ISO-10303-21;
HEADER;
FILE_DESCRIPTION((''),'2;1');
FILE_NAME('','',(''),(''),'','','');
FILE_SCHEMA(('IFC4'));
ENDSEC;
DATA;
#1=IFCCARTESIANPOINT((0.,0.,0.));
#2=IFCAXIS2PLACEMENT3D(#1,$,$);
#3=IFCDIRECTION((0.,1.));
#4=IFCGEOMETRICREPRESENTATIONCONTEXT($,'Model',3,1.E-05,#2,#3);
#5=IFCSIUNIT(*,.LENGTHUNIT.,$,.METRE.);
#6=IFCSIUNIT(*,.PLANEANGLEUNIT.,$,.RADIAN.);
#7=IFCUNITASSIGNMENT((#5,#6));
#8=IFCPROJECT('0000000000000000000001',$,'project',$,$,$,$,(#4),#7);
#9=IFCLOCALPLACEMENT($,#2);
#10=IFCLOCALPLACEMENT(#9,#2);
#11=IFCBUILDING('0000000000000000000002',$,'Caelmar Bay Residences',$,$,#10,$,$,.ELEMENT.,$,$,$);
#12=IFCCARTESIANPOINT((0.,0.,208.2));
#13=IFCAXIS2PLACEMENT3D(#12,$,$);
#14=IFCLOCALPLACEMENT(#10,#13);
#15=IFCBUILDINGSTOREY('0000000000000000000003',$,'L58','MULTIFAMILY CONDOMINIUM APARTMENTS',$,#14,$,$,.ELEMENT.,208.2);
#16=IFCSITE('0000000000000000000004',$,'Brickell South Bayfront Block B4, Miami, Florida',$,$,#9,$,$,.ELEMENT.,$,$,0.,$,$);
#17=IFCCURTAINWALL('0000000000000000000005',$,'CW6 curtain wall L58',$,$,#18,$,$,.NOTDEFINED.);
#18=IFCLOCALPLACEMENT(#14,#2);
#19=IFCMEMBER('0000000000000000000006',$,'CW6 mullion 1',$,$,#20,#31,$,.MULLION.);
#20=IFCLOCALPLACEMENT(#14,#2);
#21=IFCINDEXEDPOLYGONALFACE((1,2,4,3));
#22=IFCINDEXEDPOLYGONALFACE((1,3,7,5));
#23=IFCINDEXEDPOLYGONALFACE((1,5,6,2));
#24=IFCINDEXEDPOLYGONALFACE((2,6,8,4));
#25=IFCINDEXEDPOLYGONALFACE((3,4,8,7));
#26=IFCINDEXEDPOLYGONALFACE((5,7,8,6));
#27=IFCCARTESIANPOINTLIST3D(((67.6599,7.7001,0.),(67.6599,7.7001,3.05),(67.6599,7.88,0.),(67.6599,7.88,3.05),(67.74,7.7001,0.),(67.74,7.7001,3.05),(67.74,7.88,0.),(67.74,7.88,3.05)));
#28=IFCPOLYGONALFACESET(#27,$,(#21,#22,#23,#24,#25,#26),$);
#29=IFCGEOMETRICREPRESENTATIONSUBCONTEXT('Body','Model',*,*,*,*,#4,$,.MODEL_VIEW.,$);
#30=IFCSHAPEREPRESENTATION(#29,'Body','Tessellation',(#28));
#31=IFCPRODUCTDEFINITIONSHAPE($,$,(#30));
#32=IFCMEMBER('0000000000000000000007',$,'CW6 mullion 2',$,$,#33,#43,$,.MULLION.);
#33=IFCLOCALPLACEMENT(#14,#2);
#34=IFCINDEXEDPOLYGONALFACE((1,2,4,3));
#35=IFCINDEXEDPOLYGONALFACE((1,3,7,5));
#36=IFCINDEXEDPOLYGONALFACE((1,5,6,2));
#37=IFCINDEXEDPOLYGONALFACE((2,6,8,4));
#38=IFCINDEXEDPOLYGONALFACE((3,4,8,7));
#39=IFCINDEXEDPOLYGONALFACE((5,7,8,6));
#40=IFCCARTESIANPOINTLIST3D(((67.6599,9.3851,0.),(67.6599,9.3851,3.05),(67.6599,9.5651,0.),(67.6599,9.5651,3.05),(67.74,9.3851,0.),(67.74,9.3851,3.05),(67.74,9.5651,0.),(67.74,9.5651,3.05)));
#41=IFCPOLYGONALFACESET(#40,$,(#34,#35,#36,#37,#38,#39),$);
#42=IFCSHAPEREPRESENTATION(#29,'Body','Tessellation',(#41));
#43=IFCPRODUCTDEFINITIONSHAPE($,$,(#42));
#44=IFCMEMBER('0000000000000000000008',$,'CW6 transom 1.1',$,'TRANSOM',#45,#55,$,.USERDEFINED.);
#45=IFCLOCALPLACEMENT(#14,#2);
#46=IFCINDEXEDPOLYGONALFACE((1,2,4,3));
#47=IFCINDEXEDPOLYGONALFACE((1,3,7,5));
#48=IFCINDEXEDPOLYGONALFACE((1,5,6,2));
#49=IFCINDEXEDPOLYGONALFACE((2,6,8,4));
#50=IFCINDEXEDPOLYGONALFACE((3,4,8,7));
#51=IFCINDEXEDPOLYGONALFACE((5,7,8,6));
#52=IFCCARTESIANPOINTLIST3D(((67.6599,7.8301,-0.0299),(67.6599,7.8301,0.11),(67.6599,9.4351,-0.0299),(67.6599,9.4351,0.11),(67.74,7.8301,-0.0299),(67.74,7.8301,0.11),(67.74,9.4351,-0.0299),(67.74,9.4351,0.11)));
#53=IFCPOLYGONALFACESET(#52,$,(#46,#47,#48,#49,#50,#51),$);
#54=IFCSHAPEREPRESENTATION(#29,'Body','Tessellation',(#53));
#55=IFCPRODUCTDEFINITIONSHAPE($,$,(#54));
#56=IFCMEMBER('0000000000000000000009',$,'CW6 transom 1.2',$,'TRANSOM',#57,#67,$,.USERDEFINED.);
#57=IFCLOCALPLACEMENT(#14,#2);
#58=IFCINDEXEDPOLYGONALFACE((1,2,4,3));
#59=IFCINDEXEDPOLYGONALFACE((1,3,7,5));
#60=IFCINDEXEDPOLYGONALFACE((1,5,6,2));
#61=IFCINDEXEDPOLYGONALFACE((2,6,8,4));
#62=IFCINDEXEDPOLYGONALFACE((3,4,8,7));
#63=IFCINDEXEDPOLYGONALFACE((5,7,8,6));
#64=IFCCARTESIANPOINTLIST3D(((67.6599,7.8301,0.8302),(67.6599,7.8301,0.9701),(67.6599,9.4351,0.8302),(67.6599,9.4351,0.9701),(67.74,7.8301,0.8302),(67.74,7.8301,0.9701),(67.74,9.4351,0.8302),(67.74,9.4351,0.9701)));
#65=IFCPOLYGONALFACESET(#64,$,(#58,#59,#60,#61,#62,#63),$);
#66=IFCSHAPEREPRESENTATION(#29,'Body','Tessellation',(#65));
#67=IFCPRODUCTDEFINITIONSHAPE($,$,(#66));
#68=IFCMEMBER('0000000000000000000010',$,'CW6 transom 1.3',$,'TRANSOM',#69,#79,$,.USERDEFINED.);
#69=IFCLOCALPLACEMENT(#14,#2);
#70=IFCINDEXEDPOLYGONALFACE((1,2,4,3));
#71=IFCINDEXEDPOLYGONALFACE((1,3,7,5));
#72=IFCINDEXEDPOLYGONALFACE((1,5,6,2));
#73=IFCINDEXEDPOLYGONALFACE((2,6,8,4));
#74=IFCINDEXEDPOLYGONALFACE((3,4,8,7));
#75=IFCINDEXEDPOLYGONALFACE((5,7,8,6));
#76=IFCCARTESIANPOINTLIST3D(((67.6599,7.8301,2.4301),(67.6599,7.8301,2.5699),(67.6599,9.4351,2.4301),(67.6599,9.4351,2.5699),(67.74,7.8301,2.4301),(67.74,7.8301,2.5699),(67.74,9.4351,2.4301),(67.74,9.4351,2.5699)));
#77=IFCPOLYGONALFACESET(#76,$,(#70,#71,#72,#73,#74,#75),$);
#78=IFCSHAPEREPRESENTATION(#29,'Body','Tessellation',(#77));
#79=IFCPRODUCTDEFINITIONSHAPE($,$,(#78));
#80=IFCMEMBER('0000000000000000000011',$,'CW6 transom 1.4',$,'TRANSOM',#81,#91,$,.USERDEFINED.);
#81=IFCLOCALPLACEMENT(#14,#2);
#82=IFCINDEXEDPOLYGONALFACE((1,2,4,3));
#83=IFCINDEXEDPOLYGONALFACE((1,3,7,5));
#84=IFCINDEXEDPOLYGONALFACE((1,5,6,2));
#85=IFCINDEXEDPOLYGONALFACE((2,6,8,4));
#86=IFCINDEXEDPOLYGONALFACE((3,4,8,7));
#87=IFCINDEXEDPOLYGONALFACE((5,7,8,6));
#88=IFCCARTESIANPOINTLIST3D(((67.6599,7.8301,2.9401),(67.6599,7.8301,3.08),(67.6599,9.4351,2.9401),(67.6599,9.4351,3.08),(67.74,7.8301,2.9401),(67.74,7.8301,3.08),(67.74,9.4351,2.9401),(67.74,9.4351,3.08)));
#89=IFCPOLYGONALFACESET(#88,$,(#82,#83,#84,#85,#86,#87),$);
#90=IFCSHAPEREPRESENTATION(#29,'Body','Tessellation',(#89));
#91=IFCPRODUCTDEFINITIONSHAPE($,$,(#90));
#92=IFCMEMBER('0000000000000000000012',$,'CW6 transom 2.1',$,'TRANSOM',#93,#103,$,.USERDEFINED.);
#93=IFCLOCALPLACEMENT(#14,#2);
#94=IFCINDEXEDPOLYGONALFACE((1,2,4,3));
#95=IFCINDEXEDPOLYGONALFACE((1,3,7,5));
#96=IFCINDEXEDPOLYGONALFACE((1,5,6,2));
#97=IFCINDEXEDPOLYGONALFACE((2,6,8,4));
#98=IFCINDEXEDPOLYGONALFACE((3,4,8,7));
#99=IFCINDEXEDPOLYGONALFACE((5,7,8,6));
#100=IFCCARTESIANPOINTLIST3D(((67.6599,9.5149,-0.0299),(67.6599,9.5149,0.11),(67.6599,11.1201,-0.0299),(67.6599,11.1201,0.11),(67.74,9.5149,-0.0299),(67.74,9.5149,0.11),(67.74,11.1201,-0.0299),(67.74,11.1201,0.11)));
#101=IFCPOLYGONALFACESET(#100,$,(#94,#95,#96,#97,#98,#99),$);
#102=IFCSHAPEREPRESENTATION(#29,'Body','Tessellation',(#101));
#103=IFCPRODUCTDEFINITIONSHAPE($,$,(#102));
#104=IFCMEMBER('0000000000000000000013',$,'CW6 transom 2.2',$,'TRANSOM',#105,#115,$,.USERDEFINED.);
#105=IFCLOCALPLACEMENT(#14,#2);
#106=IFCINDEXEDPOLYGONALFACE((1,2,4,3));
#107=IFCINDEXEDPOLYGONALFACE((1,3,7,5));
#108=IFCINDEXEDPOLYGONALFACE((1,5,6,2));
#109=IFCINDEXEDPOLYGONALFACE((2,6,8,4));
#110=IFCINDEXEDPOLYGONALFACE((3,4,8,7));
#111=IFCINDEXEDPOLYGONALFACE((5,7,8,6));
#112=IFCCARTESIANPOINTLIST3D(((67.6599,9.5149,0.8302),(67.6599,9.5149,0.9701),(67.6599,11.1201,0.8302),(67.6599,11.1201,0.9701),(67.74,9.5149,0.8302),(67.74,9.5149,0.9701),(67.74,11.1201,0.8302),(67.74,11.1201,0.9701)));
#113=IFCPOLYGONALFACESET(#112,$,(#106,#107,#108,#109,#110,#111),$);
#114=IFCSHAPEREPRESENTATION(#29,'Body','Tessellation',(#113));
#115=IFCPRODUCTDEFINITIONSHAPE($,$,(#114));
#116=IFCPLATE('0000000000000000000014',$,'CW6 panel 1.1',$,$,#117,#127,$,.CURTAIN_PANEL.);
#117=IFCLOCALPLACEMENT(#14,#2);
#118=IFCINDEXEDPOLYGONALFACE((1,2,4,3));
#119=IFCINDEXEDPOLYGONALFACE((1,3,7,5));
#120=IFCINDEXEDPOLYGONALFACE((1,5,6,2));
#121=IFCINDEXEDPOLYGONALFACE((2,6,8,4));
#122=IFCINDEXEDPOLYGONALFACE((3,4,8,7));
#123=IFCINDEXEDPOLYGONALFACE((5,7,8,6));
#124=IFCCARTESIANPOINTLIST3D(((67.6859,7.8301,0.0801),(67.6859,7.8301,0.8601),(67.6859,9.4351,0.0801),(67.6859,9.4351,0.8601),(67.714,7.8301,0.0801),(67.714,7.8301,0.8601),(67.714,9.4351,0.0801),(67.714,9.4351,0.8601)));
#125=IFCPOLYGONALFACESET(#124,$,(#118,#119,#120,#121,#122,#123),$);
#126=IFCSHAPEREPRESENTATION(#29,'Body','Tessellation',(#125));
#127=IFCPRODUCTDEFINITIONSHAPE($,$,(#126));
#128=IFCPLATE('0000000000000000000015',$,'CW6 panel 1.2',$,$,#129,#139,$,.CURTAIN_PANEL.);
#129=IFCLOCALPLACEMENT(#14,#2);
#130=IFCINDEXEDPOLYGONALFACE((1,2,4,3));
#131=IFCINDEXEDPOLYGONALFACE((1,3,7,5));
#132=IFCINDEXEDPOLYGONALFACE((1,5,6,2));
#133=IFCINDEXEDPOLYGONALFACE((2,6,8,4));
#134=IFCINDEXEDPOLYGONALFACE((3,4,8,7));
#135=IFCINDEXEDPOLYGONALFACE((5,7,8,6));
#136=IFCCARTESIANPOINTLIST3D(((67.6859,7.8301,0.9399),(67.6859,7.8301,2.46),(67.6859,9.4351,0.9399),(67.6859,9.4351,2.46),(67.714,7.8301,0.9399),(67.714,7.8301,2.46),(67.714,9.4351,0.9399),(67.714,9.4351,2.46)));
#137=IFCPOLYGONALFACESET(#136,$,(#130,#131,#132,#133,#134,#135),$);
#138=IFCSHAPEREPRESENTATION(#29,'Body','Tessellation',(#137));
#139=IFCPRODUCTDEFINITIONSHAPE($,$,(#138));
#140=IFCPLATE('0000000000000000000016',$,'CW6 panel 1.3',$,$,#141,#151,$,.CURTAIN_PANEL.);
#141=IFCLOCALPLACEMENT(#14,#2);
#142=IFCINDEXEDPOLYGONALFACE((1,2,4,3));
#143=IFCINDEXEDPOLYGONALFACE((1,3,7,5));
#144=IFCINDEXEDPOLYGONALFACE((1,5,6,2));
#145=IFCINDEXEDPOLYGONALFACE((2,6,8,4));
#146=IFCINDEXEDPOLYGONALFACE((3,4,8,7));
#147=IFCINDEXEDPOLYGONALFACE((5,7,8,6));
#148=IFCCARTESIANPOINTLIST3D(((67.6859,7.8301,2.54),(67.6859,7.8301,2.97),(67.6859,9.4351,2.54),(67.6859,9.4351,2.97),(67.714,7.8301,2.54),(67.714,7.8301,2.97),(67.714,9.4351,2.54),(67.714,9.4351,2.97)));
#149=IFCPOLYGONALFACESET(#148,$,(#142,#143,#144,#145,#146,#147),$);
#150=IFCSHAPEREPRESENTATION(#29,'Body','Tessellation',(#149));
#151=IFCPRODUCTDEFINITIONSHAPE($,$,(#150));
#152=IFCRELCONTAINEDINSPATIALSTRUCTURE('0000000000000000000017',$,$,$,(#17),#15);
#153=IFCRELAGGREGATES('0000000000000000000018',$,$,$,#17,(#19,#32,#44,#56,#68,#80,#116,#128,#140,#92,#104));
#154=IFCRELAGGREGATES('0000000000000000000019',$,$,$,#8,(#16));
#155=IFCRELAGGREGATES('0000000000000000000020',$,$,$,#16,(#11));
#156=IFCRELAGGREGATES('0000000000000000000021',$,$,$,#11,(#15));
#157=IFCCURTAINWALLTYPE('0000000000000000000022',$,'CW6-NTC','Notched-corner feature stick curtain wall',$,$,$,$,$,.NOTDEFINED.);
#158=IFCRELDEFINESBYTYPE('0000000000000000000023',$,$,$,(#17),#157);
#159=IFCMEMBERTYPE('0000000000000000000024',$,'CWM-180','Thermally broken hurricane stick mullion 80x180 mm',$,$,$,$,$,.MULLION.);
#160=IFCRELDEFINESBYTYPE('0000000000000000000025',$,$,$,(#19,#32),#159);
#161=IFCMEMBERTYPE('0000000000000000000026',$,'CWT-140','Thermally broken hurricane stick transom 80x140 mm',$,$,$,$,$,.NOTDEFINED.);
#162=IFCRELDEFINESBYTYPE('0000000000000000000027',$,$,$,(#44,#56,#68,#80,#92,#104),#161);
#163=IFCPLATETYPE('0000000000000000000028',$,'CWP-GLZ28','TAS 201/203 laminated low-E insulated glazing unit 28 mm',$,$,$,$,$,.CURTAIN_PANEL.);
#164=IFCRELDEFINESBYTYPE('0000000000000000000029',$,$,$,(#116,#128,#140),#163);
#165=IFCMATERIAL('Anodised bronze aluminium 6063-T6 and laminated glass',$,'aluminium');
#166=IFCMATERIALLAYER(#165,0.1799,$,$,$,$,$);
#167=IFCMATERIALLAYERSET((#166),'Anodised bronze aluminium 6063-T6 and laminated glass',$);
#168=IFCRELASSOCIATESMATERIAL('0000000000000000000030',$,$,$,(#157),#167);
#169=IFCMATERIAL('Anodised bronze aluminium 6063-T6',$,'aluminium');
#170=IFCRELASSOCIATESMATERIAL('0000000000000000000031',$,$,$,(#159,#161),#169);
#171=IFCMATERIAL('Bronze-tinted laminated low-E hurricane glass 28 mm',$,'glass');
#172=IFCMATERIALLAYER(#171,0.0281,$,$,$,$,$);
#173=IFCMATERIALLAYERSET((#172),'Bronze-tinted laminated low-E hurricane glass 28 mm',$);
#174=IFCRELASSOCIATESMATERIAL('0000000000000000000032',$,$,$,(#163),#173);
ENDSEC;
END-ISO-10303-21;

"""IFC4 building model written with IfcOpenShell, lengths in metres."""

from ifc_helpers import new_model, si_unit, direction, frame, origin, origin_2d, place, context, subcontext, project, spatial, rectangle, extrude, material, layer, layer_set, material_profile, profile_set, type_object, element, aggregate, save


model = new_model("IFC4")

# Units and contexts
model_context = context("Model", 3, precision=1e-05, world=origin(), true_north=direction((0.0, 1.0)))
body_context = subcontext(model_context, "Body", "Model", "MODEL_VIEW")
ifc_project = project(units=[si_unit("LENGTHUNIT", "METRE"), si_unit("PLANEANGLEUNIT", "RADIAN")], contexts=[model_context])

# Site, building, storey
site_placement = place(None, origin())
site = spatial("IfcSite", under=ifc_project, at=site_placement, Name="Brickell South Bayfront Block B4, Miami, Florida", CompositionType="ELEMENT", RefElevation=0.0)
building_placement = place(site_placement, origin())
building = spatial("IfcBuilding", under=site, at=building_placement, Name="Caelmar Bay Residences", CompositionType="ELEMENT")
storey_placement = place(building_placement, frame((0.0, 0.0, 208.2)))
storey = spatial("IfcBuildingStorey", under=building, at=storey_placement, Name="L58", Description="MULTIFAMILY CONDOMINIUM APARTMENTS", CompositionType="ELEMENT", Elevation=208.2)

# Curtain wall, members, plates
ifc_material_1 = material(Name="Anodised bronze aluminium 6063-T6 and laminated glass", Category="aluminium")
ifc_layer_1 = layer(ifc_material_1, 0.1799)
ifc_layer_set_1 = layer_set([ifc_layer_1], Name="Anodised bronze aluminium 6063-T6 and laminated glass")
curtain_wall_type = type_object("IfcCurtainWallType", Name="CW6-NTC", Description="Notched-corner feature stick curtain wall", PredefinedType="NOTDEFINED", material=ifc_layer_set_1)
curtain_wall_placement = place(storey_placement, origin())
curtain_wall = element("IfcCurtainWall", 1, at=curtain_wall_placement, inside=storey, type_object=curtain_wall_type, Name="CW6 curtain wall L58", PredefinedType="NOTDEFINED")
ifc_material_2 = material(Name="Anodised bronze aluminium 6063-T6", Category="aluminium")
ifc_material_profile_1 = material_profile(ifc_material_2, rectangle(XDim=0.0801, YDim=0.1799, at=origin_2d()), Name="CWM-80X180")
ifc_profile_set_1 = profile_set([ifc_material_profile_1], Name="Anodised bronze aluminium 6063-T6")
member_type_1 = type_object("IfcMemberType", Name="CWM-180", Description="Thermally broken hurricane stick mullion 80x180 mm", PredefinedType="MULLION", material=ifc_profile_set_1)
member_1_placement = place(storey_placement, frame((67.7, 7.79, 0.0), z_axis=(0.0, 0.0, 1.0), x_axis=(-1.0, 0.0, 0.0)))
member_1 = element("IfcMember", 2, at=member_1_placement, type_object=member_type_1, Name="CW6 mullion 1", PredefinedType="MULLION", context=body_context, shape_type="SweptSolid", body=[
    extrude(rectangle(XDim=0.0801, YDim=0.1799, at=origin_2d()), origin(), (0.0, 0.0, 1.0), 3.05),
])
member_2_placement = place(storey_placement, frame((67.7, 9.4751, 0.0), z_axis=(0.0, 0.0, 1.0), x_axis=(-1.0, 0.0, 0.0)))
member_2 = element("IfcMember", 3, at=member_2_placement, type_object=member_type_1, Name="CW6 mullion 2", PredefinedType="MULLION", context=body_context, shape_type="SweptSolid", body=[
    extrude(rectangle(XDim=0.0801, YDim=0.1799, at=origin_2d()), origin(), (0.0, 0.0, 1.0), 3.05),
])
ifc_material_profile_2 = material_profile(ifc_material_2, rectangle(XDim=0.0801, YDim=0.1399, at=origin_2d()), Name="CWT-80X140")
ifc_profile_set_2 = profile_set([ifc_material_profile_2], Name="Anodised bronze aluminium 6063-T6")
member_type_2 = type_object("IfcMemberType", Name="CWT-140", Description="Thermally broken hurricane stick transom 80x140 mm", PredefinedType="NOTDEFINED", material=ifc_profile_set_2)
member_3_placement = place(storey_placement, frame((67.7, 7.8301, 0.04), z_axis=(0.0, 1.0, 0.0), x_axis=(-1.0, 0.0, 0.0)))
member_3 = element("IfcMember", 4, at=member_3_placement, type_object=member_type_2, Name="CW6 transom 1.1", ObjectType="TRANSOM", PredefinedType="USERDEFINED", context=body_context, shape_type="SweptSolid", body=[
    extrude(rectangle(XDim=0.0801, YDim=0.1399, at=origin_2d()), origin(), (0.0, 0.0, 1.0), 1.605),
])
member_4_placement = place(storey_placement, frame((67.7, 7.8301, 0.9001), z_axis=(0.0, 1.0, 0.0), x_axis=(-1.0, 0.0, 0.0)))
member_4 = element("IfcMember", 5, at=member_4_placement, type_object=member_type_2, Name="CW6 transom 1.2", ObjectType="TRANSOM", PredefinedType="USERDEFINED", context=body_context, shape_type="SweptSolid", body=[
    extrude(rectangle(XDim=0.0801, YDim=0.1399, at=origin_2d()), origin(), (0.0, 0.0, 1.0), 1.605),
])
member_5_placement = place(storey_placement, frame((67.7, 7.8301, 2.5), z_axis=(0.0, 1.0, 0.0), x_axis=(-1.0, 0.0, 0.0)))
member_5 = element("IfcMember", 6, at=member_5_placement, type_object=member_type_2, Name="CW6 transom 1.3", ObjectType="TRANSOM", PredefinedType="USERDEFINED", context=body_context, shape_type="SweptSolid", body=[
    extrude(rectangle(XDim=0.0801, YDim=0.1399, at=origin_2d()), origin(), (0.0, 0.0, 1.0), 1.605),
])
member_6_placement = place(storey_placement, frame((67.7, 7.8301, 3.01), z_axis=(0.0, 1.0, 0.0), x_axis=(-1.0, 0.0, 0.0)))
member_6 = element("IfcMember", 7, at=member_6_placement, type_object=member_type_2, Name="CW6 transom 1.4", ObjectType="TRANSOM", PredefinedType="USERDEFINED", context=body_context, shape_type="SweptSolid", body=[
    extrude(rectangle(XDim=0.0801, YDim=0.1399, at=origin_2d()), origin(), (0.0, 0.0, 1.0), 1.605),
])
member_7_placement = place(storey_placement, frame((67.7, 9.5149, 0.04), z_axis=(0.0, 1.0, 0.0), x_axis=(-1.0, 0.0, 0.0)))
member_7 = element("IfcMember", 8, at=member_7_placement, type_object=member_type_2, Name="CW6 transom 2.1", ObjectType="TRANSOM", PredefinedType="USERDEFINED", context=body_context, shape_type="SweptSolid", body=[
    extrude(rectangle(XDim=0.0801, YDim=0.1399, at=origin_2d()), origin(), (0.0, 0.0, 1.0), 1.6052),
])
member_8_placement = place(storey_placement, frame((67.7, 9.5149, 0.9001), z_axis=(0.0, 1.0, 0.0), x_axis=(-1.0, 0.0, 0.0)))
member_8 = element("IfcMember", 9, at=member_8_placement, type_object=member_type_2, Name="CW6 transom 2.2", ObjectType="TRANSOM", PredefinedType="USERDEFINED", context=body_context, shape_type="SweptSolid", body=[
    extrude(rectangle(XDim=0.0801, YDim=0.1399, at=origin_2d()), origin(), (0.0, 0.0, 1.0), 1.6052),
])
ifc_material_3 = material(Name="Bronze-tinted laminated low-E hurricane glass 28 mm", Category="glass")
ifc_layer_2 = layer(ifc_material_3, 0.0281)
ifc_layer_set_2 = layer_set([ifc_layer_2], Name="Bronze-tinted laminated low-E hurricane glass 28 mm")
plate_type = type_object("IfcPlateType", Name="CWP-GLZ28", Description="TAS 201/203 laminated low-E insulated glazing unit 28 mm", PredefinedType="CURTAIN_PANEL", material=ifc_layer_set_2)
plate_1_placement = place(storey_placement, frame((67.7, 8.6326, 0.0801), z_axis=(0.0, 0.0, 1.0), x_axis=(0.0, 1.0, 0.0)))
plate_1 = element("IfcPlate", 10, at=plate_1_placement, type_object=plate_type, Name="CW6 panel 1.1", PredefinedType="CURTAIN_PANEL", context=body_context, shape_type="SweptSolid", body=[
    extrude(rectangle(XDim=1.605, YDim=0.0281, at=origin_2d()), origin(), (0.0, 0.0, 1.0), 0.78),
])
plate_2_placement = place(storey_placement, frame((67.7, 8.6326, 0.9399), z_axis=(0.0, 0.0, 1.0), x_axis=(0.0, 1.0, 0.0)))
plate_2 = element("IfcPlate", 11, at=plate_2_placement, type_object=plate_type, Name="CW6 panel 1.2", PredefinedType="CURTAIN_PANEL", context=body_context, shape_type="SweptSolid", body=[
    extrude(rectangle(XDim=1.605, YDim=0.0281, at=origin_2d()), origin(), (0.0, 0.0, 1.0), 1.52),
])
plate_3_placement = place(storey_placement, frame((67.7, 8.6326, 2.54), z_axis=(0.0, 0.0, 1.0), x_axis=(0.0, 1.0, 0.0)))
plate_3 = element("IfcPlate", 12, at=plate_3_placement, type_object=plate_type, Name="CW6 panel 1.3", PredefinedType="CURTAIN_PANEL", context=body_context, shape_type="SweptSolid", body=[
    extrude(rectangle(XDim=1.605, YDim=0.0281, at=origin_2d()), origin(), (0.0, 0.0, 1.0), 0.4299),
])
aggregate(curtain_wall, [member_1, member_2, member_3, member_4, member_5, member_6, plate_1, plate_2, plate_3, member_7, member_8])

save(model, "model.ifc")
